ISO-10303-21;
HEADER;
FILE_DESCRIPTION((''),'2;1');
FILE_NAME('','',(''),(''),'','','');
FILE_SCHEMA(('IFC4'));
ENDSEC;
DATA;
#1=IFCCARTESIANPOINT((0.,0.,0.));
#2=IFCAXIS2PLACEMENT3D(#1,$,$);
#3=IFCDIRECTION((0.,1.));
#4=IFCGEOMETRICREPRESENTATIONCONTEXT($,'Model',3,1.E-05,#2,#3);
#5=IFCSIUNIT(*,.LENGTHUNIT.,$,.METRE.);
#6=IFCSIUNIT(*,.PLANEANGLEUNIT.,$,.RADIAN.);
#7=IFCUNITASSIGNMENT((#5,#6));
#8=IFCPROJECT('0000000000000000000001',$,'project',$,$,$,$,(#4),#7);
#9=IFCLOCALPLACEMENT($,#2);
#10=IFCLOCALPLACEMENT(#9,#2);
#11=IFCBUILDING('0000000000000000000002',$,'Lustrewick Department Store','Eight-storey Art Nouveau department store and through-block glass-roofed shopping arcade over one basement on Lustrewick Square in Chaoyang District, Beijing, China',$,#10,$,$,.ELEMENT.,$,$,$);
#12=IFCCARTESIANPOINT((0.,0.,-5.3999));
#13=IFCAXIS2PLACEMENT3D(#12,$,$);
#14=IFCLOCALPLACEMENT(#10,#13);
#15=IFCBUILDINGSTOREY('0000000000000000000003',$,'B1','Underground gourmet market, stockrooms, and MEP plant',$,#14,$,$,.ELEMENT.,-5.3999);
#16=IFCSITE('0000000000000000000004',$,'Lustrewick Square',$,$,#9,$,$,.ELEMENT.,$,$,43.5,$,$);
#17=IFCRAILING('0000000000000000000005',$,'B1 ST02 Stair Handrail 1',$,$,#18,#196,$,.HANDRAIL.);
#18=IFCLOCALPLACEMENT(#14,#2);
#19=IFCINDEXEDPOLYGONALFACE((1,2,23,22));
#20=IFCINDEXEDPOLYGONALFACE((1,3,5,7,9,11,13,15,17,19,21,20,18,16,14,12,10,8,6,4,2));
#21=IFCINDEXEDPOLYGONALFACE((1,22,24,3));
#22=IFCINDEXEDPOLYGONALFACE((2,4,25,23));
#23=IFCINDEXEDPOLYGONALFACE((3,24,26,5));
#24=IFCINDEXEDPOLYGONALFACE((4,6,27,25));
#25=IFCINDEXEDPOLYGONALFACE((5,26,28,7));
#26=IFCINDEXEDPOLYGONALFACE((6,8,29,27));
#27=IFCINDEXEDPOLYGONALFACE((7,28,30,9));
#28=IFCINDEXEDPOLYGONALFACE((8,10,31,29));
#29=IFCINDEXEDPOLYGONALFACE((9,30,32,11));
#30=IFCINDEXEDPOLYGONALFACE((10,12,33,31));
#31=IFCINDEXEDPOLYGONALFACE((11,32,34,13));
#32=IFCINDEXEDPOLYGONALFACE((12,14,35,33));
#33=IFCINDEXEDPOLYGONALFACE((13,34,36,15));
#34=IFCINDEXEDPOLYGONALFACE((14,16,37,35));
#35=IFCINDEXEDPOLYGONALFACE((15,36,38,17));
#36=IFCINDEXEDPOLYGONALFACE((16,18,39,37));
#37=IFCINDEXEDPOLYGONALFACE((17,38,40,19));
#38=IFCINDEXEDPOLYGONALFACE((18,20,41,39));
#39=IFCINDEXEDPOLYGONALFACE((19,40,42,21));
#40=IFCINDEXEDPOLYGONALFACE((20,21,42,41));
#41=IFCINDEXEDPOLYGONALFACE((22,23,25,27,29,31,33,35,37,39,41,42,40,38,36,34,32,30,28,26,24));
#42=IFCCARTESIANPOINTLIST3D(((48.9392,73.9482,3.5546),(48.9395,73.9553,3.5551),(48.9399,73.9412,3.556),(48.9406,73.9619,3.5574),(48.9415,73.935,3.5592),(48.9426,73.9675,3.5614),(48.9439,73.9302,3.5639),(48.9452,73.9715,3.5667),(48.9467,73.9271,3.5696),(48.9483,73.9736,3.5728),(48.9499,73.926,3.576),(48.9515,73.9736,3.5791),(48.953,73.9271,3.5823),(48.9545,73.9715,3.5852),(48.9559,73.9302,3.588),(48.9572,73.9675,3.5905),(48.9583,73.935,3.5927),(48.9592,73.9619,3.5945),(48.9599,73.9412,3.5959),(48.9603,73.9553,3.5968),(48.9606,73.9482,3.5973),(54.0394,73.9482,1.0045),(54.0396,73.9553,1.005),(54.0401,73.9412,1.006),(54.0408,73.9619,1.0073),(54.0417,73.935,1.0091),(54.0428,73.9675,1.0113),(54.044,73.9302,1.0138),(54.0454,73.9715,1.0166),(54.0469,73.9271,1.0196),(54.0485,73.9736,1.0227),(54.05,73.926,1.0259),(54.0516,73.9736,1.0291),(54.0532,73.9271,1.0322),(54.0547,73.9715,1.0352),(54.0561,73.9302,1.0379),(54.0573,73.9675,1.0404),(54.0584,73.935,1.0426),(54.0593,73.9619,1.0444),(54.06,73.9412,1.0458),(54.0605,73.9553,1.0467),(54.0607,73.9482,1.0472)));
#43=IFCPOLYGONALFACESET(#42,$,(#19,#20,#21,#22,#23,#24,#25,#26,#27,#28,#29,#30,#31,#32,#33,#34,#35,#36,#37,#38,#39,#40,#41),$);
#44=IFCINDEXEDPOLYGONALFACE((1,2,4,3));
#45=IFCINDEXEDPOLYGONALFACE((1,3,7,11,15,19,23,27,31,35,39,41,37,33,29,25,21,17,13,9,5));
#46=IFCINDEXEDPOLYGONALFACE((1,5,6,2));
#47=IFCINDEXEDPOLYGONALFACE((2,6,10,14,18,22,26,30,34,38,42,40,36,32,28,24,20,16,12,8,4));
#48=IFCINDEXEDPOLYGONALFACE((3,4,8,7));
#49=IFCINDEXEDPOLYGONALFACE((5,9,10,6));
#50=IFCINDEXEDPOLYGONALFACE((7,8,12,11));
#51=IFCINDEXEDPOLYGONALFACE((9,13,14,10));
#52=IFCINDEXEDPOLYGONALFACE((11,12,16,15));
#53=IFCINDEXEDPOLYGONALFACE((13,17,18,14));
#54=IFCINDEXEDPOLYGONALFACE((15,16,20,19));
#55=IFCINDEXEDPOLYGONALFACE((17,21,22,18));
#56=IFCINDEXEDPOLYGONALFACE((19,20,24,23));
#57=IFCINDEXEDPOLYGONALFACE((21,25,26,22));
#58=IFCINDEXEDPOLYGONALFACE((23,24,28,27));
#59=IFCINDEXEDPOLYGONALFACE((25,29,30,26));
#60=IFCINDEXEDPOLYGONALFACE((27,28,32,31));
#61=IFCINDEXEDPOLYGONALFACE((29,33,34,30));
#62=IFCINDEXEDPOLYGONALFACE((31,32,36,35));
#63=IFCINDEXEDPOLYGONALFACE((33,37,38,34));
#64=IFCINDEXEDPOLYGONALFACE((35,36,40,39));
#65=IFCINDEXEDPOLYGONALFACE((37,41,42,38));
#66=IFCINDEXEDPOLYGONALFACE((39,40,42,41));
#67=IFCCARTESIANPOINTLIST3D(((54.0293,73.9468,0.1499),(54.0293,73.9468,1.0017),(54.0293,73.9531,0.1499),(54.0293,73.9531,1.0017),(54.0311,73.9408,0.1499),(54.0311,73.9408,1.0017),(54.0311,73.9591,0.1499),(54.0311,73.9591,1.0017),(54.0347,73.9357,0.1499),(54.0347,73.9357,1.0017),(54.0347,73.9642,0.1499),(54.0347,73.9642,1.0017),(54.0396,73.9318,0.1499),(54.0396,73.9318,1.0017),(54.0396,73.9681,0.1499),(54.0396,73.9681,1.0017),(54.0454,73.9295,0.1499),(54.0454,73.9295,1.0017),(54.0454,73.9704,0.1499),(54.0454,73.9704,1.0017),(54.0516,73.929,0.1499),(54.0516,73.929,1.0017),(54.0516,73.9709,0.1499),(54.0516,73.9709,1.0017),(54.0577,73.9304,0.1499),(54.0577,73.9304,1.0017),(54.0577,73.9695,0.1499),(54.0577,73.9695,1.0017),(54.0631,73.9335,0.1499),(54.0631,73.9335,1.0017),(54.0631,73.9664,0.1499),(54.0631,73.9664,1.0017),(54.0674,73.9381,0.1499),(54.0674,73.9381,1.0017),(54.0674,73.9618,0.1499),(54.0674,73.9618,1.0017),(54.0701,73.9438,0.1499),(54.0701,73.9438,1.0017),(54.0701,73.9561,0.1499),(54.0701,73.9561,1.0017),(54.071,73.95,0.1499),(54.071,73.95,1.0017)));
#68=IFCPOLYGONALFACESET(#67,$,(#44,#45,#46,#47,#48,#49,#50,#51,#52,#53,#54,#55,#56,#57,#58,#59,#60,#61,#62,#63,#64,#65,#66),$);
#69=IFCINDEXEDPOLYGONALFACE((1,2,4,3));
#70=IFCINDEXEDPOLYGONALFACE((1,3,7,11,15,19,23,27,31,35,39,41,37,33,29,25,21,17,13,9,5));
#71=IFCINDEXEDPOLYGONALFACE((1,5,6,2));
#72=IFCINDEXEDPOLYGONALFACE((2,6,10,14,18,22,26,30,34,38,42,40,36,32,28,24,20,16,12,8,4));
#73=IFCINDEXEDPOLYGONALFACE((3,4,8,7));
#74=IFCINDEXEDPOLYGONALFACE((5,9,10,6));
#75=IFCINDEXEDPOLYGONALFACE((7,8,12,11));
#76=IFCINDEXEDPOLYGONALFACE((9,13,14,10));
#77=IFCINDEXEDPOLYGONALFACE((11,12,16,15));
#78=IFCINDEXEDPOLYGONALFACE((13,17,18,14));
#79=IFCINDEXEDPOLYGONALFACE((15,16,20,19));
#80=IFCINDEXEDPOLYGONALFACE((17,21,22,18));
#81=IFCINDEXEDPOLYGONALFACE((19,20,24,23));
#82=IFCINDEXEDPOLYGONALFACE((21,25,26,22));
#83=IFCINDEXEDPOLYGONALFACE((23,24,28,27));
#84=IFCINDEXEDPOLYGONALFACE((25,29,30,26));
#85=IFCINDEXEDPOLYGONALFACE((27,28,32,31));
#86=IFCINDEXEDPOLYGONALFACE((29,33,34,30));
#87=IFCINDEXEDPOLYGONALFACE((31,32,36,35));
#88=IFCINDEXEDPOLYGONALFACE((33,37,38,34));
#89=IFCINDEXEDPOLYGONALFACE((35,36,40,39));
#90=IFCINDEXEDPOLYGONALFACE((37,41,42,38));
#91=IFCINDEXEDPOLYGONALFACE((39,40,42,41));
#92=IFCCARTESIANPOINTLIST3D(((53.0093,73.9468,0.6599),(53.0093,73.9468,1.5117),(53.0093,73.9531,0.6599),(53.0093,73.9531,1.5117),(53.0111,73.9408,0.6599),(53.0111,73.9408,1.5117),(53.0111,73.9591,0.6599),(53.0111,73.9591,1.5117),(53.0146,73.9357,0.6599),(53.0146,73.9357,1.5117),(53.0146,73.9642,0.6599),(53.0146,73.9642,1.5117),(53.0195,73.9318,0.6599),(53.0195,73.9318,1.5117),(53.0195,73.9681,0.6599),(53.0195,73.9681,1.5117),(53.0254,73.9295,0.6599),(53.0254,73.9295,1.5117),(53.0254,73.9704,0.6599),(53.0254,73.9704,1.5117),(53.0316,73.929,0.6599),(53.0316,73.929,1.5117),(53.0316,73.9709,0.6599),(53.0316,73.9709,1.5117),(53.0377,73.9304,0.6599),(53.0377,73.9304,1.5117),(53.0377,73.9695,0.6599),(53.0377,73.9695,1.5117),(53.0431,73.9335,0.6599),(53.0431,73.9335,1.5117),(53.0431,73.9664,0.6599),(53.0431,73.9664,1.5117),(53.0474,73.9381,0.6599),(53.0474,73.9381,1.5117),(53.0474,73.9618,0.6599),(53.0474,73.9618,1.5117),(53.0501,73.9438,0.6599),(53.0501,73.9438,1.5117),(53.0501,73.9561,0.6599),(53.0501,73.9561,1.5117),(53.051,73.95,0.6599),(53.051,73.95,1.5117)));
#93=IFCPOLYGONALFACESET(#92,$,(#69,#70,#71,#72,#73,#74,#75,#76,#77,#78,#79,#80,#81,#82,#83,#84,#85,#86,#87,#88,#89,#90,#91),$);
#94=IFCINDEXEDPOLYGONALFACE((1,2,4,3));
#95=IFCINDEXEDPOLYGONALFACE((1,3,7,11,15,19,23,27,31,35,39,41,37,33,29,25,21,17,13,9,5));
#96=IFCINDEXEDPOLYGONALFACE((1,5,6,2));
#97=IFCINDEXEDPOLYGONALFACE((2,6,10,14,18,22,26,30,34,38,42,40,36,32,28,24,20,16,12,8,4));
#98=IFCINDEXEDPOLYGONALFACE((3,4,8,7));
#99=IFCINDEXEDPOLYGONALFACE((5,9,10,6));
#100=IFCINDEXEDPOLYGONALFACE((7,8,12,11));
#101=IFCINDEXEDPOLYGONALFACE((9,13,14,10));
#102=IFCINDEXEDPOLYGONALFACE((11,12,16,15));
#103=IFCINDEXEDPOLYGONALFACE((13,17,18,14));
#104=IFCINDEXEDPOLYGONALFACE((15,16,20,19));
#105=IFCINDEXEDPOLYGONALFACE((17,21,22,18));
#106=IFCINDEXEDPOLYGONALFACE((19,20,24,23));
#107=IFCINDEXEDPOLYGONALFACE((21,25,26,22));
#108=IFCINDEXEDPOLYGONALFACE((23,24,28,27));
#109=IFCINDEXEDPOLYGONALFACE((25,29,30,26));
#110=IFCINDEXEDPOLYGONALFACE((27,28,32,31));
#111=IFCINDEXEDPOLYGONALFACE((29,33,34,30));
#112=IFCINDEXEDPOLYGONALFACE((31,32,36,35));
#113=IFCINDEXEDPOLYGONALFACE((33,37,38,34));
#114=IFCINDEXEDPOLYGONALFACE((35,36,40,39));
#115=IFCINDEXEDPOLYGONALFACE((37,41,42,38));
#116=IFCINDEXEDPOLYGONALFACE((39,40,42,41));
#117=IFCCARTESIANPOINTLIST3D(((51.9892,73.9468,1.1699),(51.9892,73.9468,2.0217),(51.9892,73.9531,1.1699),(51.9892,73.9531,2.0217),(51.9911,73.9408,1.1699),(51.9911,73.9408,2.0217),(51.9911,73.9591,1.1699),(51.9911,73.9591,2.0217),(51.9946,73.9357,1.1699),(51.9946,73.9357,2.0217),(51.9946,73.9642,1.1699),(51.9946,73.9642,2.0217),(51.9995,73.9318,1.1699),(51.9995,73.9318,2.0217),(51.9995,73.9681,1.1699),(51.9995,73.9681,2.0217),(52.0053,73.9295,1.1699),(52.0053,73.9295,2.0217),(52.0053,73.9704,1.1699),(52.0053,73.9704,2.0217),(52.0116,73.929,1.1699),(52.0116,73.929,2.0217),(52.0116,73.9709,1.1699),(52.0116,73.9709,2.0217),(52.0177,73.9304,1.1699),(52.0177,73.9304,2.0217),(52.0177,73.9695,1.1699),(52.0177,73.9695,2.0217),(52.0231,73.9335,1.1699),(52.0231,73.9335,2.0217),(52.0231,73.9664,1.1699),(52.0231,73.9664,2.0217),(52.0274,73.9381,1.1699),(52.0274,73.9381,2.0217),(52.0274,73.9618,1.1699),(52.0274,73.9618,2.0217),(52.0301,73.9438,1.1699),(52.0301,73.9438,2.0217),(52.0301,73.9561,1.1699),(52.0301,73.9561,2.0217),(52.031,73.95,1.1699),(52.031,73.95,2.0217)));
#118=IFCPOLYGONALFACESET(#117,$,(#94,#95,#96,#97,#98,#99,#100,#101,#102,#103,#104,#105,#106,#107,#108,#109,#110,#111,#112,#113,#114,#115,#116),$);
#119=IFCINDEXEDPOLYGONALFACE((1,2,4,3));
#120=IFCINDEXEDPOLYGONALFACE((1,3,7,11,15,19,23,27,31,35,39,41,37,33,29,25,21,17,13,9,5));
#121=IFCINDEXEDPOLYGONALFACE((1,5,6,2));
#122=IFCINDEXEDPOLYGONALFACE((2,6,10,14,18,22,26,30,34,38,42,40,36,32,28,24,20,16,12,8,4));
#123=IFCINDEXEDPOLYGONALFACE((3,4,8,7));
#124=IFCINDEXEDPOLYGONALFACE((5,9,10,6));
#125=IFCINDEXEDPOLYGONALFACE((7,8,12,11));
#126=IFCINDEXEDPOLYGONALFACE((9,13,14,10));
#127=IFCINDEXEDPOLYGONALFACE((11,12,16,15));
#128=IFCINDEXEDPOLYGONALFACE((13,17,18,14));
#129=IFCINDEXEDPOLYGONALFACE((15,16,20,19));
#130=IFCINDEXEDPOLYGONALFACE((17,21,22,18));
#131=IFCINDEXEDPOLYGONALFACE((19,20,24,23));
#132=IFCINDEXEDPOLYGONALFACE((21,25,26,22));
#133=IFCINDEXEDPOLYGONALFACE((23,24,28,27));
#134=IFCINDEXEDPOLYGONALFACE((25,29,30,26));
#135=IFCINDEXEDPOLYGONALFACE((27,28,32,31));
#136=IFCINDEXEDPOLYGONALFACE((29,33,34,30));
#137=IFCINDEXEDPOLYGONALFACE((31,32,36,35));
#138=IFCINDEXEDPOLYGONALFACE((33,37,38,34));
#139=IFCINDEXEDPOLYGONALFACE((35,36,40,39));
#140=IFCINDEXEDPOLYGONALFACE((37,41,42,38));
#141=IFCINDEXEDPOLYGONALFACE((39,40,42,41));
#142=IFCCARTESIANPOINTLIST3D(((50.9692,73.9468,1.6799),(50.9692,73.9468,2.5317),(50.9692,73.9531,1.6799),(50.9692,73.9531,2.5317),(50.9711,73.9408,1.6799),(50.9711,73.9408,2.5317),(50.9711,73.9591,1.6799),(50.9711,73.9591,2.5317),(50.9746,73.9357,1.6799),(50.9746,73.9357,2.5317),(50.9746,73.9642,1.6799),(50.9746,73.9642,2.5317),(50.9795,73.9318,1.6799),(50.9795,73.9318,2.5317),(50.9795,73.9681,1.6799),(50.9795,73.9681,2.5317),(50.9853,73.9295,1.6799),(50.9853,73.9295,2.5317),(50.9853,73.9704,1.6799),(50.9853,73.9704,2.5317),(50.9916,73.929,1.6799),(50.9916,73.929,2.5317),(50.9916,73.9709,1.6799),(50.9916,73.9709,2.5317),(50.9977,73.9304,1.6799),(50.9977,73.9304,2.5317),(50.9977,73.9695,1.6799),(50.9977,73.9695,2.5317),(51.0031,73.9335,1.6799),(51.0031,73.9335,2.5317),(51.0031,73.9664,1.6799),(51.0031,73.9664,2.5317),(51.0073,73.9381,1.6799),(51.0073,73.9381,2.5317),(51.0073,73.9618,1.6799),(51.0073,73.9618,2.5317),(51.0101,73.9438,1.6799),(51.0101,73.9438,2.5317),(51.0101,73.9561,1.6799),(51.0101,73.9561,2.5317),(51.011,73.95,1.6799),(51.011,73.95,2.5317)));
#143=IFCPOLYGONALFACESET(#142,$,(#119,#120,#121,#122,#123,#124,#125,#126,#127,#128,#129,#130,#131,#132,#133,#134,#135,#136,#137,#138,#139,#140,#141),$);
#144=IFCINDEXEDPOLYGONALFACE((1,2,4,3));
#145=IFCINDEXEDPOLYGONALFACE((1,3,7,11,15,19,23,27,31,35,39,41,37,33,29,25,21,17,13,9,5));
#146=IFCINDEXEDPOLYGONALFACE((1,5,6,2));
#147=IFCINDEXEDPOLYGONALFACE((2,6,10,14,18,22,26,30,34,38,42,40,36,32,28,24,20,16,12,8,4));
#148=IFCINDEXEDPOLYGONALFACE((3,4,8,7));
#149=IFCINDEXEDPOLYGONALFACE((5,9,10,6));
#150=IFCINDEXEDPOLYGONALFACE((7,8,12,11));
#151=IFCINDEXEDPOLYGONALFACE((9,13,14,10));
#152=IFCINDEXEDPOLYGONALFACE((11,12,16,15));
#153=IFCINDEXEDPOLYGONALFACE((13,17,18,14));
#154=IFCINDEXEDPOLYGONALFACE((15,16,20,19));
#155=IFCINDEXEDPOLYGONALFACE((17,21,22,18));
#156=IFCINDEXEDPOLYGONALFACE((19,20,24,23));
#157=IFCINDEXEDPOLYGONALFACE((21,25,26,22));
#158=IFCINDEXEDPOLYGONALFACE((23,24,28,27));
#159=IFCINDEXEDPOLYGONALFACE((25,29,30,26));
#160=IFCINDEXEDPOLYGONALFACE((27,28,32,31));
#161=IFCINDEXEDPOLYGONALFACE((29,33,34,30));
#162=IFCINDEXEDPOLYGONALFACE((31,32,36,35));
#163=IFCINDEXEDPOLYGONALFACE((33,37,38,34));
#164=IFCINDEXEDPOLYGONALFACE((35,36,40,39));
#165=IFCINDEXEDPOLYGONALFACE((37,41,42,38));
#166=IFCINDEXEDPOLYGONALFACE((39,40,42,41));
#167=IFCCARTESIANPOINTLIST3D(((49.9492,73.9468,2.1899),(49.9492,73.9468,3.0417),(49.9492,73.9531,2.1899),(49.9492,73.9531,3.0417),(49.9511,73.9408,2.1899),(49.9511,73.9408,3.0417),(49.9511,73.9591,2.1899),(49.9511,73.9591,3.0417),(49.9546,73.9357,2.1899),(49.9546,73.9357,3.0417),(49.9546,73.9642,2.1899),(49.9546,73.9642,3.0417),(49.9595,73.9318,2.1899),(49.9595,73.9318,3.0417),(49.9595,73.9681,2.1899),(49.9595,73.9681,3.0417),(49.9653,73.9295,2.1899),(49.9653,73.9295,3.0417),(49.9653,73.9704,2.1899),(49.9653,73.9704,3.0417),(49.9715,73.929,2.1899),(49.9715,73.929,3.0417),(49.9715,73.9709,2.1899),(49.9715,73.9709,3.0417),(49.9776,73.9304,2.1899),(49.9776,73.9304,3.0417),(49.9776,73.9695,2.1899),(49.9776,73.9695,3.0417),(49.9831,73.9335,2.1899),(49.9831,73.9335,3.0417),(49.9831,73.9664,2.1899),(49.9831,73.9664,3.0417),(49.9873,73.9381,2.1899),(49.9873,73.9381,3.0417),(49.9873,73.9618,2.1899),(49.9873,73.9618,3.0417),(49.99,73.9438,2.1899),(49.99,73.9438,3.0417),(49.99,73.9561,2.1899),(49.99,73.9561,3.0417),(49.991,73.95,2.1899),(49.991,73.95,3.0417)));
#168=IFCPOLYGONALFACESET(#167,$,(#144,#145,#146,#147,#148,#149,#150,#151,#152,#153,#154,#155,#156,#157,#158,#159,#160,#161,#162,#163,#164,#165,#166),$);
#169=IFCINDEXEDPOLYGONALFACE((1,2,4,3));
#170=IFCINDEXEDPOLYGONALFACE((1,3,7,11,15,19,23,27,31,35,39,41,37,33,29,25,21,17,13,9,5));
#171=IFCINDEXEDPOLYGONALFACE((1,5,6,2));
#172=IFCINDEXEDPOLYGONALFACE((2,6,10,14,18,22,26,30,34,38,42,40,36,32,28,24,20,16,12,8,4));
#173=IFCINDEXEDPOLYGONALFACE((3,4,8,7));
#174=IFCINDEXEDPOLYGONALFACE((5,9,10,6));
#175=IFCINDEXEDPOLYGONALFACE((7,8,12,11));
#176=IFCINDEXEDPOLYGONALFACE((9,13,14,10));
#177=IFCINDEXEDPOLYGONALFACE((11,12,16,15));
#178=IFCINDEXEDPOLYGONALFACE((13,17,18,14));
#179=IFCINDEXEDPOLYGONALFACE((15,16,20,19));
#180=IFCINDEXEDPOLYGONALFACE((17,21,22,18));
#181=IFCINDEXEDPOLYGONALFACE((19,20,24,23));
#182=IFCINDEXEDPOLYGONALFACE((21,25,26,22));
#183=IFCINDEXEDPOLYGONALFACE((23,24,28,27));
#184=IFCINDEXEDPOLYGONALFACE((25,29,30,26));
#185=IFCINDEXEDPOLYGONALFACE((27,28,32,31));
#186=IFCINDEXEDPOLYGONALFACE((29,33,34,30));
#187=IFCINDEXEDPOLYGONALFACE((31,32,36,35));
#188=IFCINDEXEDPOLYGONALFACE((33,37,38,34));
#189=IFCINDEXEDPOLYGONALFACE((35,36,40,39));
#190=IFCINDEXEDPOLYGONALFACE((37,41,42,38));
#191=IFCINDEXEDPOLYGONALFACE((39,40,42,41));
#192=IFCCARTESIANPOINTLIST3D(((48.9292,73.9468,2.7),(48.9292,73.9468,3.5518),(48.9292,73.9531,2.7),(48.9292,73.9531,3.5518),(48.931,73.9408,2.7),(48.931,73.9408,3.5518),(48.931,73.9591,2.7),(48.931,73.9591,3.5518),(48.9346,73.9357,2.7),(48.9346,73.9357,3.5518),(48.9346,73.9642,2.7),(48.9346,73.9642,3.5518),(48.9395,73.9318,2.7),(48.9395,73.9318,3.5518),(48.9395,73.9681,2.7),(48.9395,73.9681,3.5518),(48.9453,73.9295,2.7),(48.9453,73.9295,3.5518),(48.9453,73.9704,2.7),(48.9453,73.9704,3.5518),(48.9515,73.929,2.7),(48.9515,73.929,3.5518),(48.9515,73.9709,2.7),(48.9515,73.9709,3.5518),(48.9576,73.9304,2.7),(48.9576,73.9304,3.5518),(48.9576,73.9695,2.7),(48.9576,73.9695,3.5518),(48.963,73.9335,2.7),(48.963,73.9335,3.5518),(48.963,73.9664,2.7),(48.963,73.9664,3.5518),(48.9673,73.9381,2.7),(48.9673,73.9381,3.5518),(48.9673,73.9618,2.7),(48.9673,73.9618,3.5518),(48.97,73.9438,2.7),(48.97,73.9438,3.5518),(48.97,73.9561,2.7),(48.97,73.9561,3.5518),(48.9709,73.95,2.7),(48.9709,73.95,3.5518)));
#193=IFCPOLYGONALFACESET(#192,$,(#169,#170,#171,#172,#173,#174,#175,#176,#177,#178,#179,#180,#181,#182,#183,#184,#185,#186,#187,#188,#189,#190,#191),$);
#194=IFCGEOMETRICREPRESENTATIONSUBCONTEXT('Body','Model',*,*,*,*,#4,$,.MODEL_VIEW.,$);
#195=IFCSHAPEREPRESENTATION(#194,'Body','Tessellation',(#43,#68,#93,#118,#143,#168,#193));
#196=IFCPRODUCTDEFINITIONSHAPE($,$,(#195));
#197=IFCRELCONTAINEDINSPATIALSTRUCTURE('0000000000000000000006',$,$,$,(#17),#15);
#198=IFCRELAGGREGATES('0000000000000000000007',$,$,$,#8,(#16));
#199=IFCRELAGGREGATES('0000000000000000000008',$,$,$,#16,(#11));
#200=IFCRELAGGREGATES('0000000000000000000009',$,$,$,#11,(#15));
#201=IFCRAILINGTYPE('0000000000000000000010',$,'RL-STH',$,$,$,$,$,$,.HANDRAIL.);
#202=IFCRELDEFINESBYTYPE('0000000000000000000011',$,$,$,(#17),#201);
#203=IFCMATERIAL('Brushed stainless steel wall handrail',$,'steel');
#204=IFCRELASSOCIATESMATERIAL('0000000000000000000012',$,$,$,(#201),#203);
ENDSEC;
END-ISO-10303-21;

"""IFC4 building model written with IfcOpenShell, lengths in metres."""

from ifc_helpers import new_model, si_unit, direction, frame, origin, origin_2d, place, context, subcontext, project, spatial, circle, extrude, material, type_object, element, save


model = new_model("IFC4")

# Units and contexts
model_context = context("Model", 3, precision=1e-05, world=origin(), true_north=direction((0.0, 1.0)))
body_context = subcontext(model_context, "Body", "Model", "MODEL_VIEW")
ifc_project = project(units=[si_unit("LENGTHUNIT", "METRE"), si_unit("PLANEANGLEUNIT", "RADIAN")], contexts=[model_context])

# Site, building, storey
site_placement = place(None, origin())
site = spatial("IfcSite", under=ifc_project, at=site_placement, Name="Lustrewick Square", CompositionType="ELEMENT", RefElevation=43.5)
building_placement = place(site_placement, origin())
building = spatial("IfcBuilding", under=site, at=building_placement, Name="Lustrewick Department Store", Description="Eight-storey Art Nouveau department store and through-block glass-roofed shopping arcade over one basement on Lustrewick Square in Chaoyang District, Beijing, China", CompositionType="ELEMENT")
storey_placement = place(building_placement, frame((0.0, 0.0, -5.3999)))
storey = spatial("IfcBuildingStorey", under=building, at=storey_placement, Name="B1", Description="Underground gourmet market, stockrooms, and MEP plant", CompositionType="ELEMENT", Elevation=-5.3999)

# Railing
ifc_material_1 = material(Name="Brushed stainless steel wall handrail", Category="steel")
railing_type_1 = type_object("IfcRailingType", Name="RL-STH", PredefinedType="HANDRAIL", material=ifc_material_1)
railing_1_placement = place(storey_placement, frame((54.05, 73.95, 0.1499)))
element("IfcRailing", 1, at=railing_1_placement, inside=storey, type_object=railing_type_1, Name="B1 ST02 Stair Handrail 1", PredefinedType="HANDRAIL", context=body_context, shape_type="SweptSolid", body=[
    extrude(circle(Radius=0.0239, at=origin_2d()), frame((0.0, 0.0, 0.876), z_axis=(-0.894427, 0.0, 0.447214), x_axis=(0.0, -1.0, 0.0)), (0.0, 0.0, 1.0), 5.7021),
    extrude(circle(Radius=0.021, at=origin_2d()), origin(), (0.0, 0.0, 1.0), 0.8518),
    extrude(circle(Radius=0.021, at=origin_2d()), frame((-1.02, 0.0, 0.51)), (0.0, 0.0, 1.0), 0.8518),
    extrude(circle(Radius=0.021, at=origin_2d()), frame((-2.04, 0.0, 1.02)), (0.0, 0.0, 1.0), 0.8518),
    extrude(circle(Radius=0.021, at=origin_2d()), frame((-3.0601, 0.0, 1.53)), (0.0, 0.0, 1.0), 0.8518),
    extrude(circle(Radius=0.021, at=origin_2d()), frame((-4.0801, 0.0, 2.04)), (0.0, 0.0, 1.0), 0.8518),
    extrude(circle(Radius=0.021, at=origin_2d()), frame((-5.1001, 0.0, 2.55)), (0.0, 0.0, 1.0), 0.8518),
])

save(model, "model.ifc")
